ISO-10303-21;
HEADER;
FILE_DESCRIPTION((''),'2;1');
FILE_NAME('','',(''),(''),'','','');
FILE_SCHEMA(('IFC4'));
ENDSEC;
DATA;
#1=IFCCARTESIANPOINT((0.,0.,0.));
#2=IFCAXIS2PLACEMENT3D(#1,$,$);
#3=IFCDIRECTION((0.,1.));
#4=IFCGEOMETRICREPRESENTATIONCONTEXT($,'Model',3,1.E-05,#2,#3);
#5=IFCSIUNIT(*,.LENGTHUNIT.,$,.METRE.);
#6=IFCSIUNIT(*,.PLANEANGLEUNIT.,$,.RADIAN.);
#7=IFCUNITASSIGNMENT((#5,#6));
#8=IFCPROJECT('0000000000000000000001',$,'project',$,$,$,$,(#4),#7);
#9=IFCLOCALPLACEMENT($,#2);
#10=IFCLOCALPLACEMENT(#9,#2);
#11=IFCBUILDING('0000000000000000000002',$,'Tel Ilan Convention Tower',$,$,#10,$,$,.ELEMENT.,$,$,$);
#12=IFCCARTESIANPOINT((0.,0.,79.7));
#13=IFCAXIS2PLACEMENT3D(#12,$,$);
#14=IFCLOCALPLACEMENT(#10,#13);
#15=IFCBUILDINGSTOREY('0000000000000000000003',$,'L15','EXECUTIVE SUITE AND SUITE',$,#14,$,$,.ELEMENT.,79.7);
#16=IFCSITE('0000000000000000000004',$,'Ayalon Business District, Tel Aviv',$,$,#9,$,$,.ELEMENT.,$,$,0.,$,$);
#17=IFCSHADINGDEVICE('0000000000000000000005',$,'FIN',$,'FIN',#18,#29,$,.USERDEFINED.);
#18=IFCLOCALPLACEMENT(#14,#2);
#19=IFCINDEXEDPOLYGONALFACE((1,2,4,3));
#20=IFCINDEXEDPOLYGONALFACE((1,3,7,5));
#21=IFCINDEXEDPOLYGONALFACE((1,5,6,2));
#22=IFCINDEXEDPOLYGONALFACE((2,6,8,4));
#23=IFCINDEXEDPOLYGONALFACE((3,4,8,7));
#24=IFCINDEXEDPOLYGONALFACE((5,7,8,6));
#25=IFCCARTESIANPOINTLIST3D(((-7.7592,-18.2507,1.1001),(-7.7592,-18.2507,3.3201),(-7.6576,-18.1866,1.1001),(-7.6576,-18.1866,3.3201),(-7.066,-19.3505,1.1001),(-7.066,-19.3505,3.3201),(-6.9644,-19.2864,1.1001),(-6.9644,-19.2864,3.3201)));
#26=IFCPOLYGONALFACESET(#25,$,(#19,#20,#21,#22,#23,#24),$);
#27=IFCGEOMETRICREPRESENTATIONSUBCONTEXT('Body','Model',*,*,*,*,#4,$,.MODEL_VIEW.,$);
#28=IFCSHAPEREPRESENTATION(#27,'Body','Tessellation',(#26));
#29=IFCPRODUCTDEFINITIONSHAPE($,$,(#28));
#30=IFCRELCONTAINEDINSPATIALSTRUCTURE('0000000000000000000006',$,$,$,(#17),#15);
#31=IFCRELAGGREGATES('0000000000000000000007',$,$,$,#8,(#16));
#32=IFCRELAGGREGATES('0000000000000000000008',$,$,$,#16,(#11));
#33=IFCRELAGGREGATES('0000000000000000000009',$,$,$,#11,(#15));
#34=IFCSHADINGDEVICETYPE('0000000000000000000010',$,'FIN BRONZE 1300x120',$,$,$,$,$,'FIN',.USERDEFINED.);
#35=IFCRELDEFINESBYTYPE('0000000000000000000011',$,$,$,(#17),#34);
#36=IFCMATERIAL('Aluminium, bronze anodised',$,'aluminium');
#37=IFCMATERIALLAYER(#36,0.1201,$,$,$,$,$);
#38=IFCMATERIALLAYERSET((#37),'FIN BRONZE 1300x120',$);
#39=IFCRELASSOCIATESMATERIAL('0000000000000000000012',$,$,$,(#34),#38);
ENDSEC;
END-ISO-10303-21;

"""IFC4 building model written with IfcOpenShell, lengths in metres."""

from ifc_helpers import new_model, si_unit, direction, frame, origin, origin_2d, place, context, subcontext, project, spatial, rectangle, extrude, material, layer, layer_set, type_object, element, save


model = new_model("IFC4")

# Units and contexts
model_context = context("Model", 3, precision=1e-05, world=origin(), true_north=direction((0.0, 1.0)))
body_context = subcontext(model_context, "Body", "Model", "MODEL_VIEW")
ifc_project = project(units=[si_unit("LENGTHUNIT", "METRE"), si_unit("PLANEANGLEUNIT", "RADIAN")], contexts=[model_context])

# Site, building, storey
site_placement = place(None, origin())
site = spatial("IfcSite", under=ifc_project, at=site_placement, Name="Ayalon Business District, Tel Aviv", CompositionType="ELEMENT", RefElevation=0.0)
building_placement = place(site_placement, origin())
building = spatial("IfcBuilding", under=site, at=building_placement, Name="Tel Ilan Convention Tower", CompositionType="ELEMENT")
storey_placement = place(building_placement, frame((0.0, 0.0, 79.7)))
storey = spatial("IfcBuildingStorey", under=building, at=storey_placement, Name="L15", Description="EXECUTIVE SUITE AND SUITE", CompositionType="ELEMENT", Elevation=79.7)

# Shading device
ifc_material_1 = material(Name="Aluminium, bronze anodised", Category="aluminium")
ifc_layer_1 = layer(ifc_material_1, 0.1201)
ifc_layer_set_1 = layer_set([ifc_layer_1], Name="FIN BRONZE 1300x120")
shading_device_type = type_object("IfcShadingDeviceType", Name="FIN BRONZE 1300x120", ElementType="FIN", PredefinedType="USERDEFINED", material=ifc_layer_set_1)
for number, where, z_axis, x_axis, name in (
    (1, (-7.3618, -18.7686, 1.1001), (0.0, 0.0, 1.0), (0.533204, -0.845986, 0.0), "FIN"),
):
    element("IfcShadingDevice", number, at=place(storey_placement, frame(where, z_axis=z_axis, x_axis=x_axis)), inside=storey, type_object=shading_device_type, Name=name, ObjectType="FIN", PredefinedType="USERDEFINED", context=body_context, shape_type="SweptSolid", body=[
        extrude(rectangle(XDim=1.3, YDim=0.1201, at=origin_2d()), origin(), (0.0, 0.0, 1.0), 2.22),
    ])

save(model, "model.ifc")
